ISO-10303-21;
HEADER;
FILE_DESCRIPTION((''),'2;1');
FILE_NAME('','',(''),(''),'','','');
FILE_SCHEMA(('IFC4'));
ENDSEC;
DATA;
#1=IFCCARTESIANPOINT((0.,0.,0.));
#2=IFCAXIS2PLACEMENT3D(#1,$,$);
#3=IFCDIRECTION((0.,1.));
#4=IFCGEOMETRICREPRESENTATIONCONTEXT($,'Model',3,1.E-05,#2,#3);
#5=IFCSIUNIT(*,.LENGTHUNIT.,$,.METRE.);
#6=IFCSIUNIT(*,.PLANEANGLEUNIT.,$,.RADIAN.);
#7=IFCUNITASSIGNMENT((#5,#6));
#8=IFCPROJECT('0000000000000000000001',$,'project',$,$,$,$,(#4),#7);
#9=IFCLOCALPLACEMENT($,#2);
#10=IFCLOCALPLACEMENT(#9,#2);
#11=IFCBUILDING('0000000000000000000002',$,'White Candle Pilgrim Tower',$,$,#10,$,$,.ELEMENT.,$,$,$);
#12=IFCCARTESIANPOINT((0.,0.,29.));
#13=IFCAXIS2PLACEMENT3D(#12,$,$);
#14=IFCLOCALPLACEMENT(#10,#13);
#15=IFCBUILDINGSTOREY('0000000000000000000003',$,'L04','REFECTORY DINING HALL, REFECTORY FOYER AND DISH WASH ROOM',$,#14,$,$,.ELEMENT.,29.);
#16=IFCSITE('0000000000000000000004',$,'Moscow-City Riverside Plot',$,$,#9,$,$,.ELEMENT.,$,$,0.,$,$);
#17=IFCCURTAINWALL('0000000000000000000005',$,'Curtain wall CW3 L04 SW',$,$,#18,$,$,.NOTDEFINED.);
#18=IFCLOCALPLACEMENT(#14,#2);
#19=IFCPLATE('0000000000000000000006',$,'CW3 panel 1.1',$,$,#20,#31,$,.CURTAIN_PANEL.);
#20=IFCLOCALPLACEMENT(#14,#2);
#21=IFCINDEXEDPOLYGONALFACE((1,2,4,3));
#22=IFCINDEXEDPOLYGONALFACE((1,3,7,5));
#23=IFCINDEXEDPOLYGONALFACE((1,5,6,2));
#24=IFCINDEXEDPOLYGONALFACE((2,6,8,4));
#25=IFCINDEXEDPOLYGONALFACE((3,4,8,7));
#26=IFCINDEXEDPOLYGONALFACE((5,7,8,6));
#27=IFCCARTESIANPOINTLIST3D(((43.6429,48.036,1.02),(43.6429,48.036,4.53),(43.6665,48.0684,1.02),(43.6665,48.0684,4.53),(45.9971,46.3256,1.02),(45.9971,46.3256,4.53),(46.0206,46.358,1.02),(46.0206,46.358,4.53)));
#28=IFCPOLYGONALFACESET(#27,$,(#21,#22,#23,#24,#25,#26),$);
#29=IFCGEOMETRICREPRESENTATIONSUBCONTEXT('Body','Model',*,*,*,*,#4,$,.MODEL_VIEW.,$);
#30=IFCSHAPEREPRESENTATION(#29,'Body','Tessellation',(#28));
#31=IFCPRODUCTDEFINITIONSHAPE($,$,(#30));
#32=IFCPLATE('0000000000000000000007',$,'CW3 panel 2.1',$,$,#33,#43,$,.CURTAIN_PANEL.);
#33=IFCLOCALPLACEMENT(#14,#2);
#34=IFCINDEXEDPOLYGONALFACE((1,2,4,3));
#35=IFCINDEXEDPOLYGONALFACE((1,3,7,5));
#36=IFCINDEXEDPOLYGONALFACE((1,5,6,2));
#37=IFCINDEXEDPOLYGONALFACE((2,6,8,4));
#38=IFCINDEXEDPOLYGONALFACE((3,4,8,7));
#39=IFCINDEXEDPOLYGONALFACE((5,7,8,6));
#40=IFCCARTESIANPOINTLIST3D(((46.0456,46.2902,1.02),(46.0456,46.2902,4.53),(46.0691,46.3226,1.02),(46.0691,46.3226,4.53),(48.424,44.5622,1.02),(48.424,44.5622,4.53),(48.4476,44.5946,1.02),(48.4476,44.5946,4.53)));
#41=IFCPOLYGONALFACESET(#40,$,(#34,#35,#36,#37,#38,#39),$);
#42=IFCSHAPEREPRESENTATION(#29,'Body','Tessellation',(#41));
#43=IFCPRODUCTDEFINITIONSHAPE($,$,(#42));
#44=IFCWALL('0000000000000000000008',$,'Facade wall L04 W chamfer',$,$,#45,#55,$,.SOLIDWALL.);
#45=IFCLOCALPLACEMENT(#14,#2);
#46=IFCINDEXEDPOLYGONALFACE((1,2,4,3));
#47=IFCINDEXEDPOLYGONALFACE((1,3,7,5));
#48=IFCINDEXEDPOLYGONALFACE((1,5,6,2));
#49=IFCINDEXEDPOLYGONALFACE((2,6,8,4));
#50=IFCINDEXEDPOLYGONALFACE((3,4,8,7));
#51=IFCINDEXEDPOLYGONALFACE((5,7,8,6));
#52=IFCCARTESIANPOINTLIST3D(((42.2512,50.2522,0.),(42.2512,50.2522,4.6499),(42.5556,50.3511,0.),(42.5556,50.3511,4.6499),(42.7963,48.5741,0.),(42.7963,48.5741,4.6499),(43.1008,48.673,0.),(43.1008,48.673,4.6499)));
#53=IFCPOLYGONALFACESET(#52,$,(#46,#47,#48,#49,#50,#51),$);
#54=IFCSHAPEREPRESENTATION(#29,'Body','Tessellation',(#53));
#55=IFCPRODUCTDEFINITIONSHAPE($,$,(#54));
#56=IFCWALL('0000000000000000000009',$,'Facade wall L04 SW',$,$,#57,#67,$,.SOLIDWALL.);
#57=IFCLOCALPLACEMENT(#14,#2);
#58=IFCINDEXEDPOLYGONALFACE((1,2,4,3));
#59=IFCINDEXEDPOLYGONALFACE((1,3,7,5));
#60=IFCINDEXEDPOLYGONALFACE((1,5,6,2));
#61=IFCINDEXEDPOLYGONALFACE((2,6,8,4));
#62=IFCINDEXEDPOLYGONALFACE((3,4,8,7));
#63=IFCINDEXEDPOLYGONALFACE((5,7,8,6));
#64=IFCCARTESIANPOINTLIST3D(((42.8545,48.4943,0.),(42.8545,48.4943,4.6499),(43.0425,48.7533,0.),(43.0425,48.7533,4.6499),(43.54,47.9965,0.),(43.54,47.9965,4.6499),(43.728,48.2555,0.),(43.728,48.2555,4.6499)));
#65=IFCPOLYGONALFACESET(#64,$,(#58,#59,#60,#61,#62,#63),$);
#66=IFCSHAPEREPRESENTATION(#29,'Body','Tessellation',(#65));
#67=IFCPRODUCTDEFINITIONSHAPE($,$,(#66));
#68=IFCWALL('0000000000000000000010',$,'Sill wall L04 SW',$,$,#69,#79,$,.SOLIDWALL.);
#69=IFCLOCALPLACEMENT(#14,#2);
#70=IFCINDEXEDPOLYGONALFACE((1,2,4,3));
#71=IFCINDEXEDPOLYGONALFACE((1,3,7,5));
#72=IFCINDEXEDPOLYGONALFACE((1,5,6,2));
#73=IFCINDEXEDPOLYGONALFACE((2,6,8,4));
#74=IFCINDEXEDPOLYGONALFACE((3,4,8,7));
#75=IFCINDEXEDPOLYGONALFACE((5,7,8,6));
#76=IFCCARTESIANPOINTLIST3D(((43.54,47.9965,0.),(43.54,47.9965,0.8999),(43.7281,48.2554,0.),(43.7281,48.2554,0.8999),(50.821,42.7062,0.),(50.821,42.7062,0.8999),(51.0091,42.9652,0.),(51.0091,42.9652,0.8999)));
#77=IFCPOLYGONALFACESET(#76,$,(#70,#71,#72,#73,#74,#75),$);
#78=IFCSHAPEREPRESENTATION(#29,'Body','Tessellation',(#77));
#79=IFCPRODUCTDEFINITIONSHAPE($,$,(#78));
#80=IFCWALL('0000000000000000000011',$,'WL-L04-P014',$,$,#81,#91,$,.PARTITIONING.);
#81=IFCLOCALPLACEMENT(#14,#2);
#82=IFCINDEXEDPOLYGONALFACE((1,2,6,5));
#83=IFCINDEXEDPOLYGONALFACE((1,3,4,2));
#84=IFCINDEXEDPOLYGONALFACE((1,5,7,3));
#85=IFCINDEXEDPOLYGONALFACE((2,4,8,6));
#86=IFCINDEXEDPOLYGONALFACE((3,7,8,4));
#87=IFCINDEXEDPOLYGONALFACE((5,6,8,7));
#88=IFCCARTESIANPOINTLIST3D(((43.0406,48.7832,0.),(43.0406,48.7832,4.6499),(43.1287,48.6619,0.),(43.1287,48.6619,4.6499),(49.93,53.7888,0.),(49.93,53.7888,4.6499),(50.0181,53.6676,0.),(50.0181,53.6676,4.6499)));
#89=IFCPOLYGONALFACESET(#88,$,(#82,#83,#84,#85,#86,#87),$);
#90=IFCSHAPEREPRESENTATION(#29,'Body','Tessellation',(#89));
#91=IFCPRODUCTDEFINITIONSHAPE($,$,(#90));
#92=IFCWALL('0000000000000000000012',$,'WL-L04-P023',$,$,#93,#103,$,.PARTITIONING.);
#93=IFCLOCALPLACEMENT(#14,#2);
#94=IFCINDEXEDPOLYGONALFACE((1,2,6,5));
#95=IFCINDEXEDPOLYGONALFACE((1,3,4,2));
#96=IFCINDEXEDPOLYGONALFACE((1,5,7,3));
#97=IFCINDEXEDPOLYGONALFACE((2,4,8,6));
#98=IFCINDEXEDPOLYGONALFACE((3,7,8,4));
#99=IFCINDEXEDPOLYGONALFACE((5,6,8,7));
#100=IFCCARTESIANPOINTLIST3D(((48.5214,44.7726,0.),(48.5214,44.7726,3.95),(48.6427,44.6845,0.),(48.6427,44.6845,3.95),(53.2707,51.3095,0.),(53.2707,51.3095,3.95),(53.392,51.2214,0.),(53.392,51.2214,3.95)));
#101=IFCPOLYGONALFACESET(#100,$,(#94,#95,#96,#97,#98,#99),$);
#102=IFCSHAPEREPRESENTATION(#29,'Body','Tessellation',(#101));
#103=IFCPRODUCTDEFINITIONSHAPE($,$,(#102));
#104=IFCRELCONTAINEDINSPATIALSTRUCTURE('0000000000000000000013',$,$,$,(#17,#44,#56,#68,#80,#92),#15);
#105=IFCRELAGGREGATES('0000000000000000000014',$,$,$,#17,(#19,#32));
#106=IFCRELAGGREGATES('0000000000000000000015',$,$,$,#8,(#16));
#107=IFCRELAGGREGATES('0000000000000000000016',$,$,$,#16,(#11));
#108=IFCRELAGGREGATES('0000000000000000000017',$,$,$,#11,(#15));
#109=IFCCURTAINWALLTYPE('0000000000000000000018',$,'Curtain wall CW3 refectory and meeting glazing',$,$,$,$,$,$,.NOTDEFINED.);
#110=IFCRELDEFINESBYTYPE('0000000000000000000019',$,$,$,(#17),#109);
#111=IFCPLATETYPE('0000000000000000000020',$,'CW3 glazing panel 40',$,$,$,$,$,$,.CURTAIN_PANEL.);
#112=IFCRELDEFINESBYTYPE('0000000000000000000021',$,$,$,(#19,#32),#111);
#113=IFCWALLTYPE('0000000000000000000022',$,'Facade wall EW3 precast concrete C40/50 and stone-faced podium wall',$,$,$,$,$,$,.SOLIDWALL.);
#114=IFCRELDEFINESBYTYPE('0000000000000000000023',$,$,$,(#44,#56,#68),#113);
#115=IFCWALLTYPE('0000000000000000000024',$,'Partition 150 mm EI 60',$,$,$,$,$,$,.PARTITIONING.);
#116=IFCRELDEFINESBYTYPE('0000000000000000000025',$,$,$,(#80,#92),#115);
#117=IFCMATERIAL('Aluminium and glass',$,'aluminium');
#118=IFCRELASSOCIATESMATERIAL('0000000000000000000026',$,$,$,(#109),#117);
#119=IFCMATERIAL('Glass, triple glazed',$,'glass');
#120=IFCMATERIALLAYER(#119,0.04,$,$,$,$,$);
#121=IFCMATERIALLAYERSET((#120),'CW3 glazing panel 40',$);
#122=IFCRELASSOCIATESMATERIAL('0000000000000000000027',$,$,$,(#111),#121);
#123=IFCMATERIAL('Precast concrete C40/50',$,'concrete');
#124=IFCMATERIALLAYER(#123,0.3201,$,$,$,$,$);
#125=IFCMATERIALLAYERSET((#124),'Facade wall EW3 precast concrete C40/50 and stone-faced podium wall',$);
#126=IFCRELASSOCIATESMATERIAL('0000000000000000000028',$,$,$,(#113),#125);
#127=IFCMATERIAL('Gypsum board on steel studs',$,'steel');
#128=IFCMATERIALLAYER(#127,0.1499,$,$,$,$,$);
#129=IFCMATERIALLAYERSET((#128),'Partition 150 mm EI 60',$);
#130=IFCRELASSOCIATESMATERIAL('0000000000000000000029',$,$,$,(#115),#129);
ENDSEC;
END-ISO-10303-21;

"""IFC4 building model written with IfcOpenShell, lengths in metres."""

from ifc_helpers import new_model, si_unit, direction, frame, frame_2d, origin, origin_2d, place, context, subcontext, project, spatial, rectangle, extrude, material, layer, layer_set, type_object, element, aggregate, save


model = new_model("IFC4")

# Units and contexts
model_context = context("Model", 3, precision=1e-05, world=origin(), true_north=direction((0.0, 1.0)))
body_context = subcontext(model_context, "Body", "Model", "MODEL_VIEW")
ifc_project = project(units=[si_unit("LENGTHUNIT", "METRE"), si_unit("PLANEANGLEUNIT", "RADIAN")], contexts=[model_context])

# Site, building, storey
site_placement = place(None, origin())
site = spatial("IfcSite", under=ifc_project, at=site_placement, Name="Moscow-City Riverside Plot", CompositionType="ELEMENT", RefElevation=0.0)
building_placement = place(site_placement, origin())
building = spatial("IfcBuilding", under=site, at=building_placement, Name="White Candle Pilgrim Tower", CompositionType="ELEMENT")
storey_placement = place(building_placement, frame((0.0, 0.0, 29.0)))
storey = spatial("IfcBuildingStorey", under=building, at=storey_placement, Name="L04", Description="REFECTORY DINING HALL, REFECTORY FOYER AND DISH WASH ROOM", CompositionType="ELEMENT", Elevation=29.0)

# Curtain wall
ifc_material_1 = material(Name="Aluminium and glass", Category="aluminium")
curtain_wall_type = type_object("IfcCurtainWallType", Name="Curtain wall CW3 refectory and meeting glazing", PredefinedType="NOTDEFINED", material=ifc_material_1)
curtain_wall_1_placement = place(storey_placement, origin())
curtain_wall_1 = element("IfcCurtainWall", 1, at=curtain_wall_1_placement, inside=storey, type_object=curtain_wall_type, Name="Curtain wall CW3 L04 SW", PredefinedType="NOTDEFINED")

# Plates
ifc_material_2 = material(Name="Glass, triple glazed", Category="glass")
ifc_layer_1 = layer(ifc_material_2, 0.04)
ifc_layer_set_1 = layer_set([ifc_layer_1], Name="CW3 glazing panel 40")
plate_type = type_object("IfcPlateType", Name="CW3 glazing panel 40", PredefinedType="CURTAIN_PANEL", material=ifc_layer_set_1)
plate_1_placement = place(storey_placement, frame((44.8318, 47.197, 1.02), z_axis=(0.0, 0.0, 1.0), x_axis=(0.809017, -0.587785, 0.0)))
plate_1 = element("IfcPlate", 2, at=plate_1_placement, type_object=plate_type, Name="CW3 panel 1.1", PredefinedType="CURTAIN_PANEL", context=body_context, shape_type="SweptSolid", body=[
    extrude(rectangle(XDim=2.9099, YDim=0.04, at=origin_2d()), origin(), (0.0, 0.0, 1.0), 3.51),
])
plate_2_placement = place(storey_placement, frame((47.2466, 45.4424, 1.02), z_axis=(0.0, 0.0, 1.0), x_axis=(0.809017, -0.587785, 0.0)))
plate_2 = element("IfcPlate", 3, at=plate_2_placement, type_object=plate_type, Name="CW3 panel 2.1", PredefinedType="CURTAIN_PANEL", context=body_context, shape_type="SweptSolid", body=[
    extrude(rectangle(XDim=2.9399, YDim=0.04, at=origin_2d()), origin(), (0.0, 0.0, 1.0), 3.51),
])
aggregate(curtain_wall_1, [plate_1, plate_2])

# Walls
ifc_material_3 = material(Name="Precast concrete C40/50", Category="concrete")
ifc_layer_2 = layer(ifc_material_3, 0.3201)
ifc_layer_set_2 = layer_set([ifc_layer_2], Name="Facade wall EW3 precast concrete C40/50 and stone-faced podium wall")
wall_type_1 = type_object("IfcWallType", Name="Facade wall EW3 precast concrete C40/50 and stone-faced podium wall", PredefinedType="SOLIDWALL", material=ifc_layer_set_2)
wall_1_placement = place(storey_placement, frame((42.4033, 50.3018, 0.0), z_axis=(0.0, 0.0, 1.0), x_axis=(0.308995, -0.951064, 0.0)))
element("IfcWall", 4, at=wall_1_placement, inside=storey, type_object=wall_type_1, Name="Facade wall L04 W chamfer", PredefinedType="SOLIDWALL", context=body_context, shape_type="SweptSolid", body=[
    extrude(rectangle(XDim=1.7644, YDim=0.3201, at=frame_2d((0.8823, 0.0))), origin(), (0.0, 0.0, 1.0), 4.6499),
])
wall_2_placement = place(storey_placement, frame((42.9485, 48.6238, 0.0), z_axis=(0.0, 0.0, 1.0), x_axis=(0.809172, -0.587572, 0.0)))
element("IfcWall", 5, at=wall_2_placement, inside=storey, type_object=wall_type_1, Name="Facade wall L04 SW", PredefinedType="SOLIDWALL", context=body_context, shape_type="SweptSolid", body=[
    extrude(rectangle(XDim=0.8472, YDim=0.3201, at=frame_2d((0.4236, 0.0))), origin(), (0.0, 0.0, 1.0), 4.6499),
])
wall_3_placement = place(storey_placement, frame((43.634, 48.126, 0.0), z_axis=(0.0, 0.0, 1.0), x_axis=(0.809, -0.587809, 0.0)))
element("IfcWall", 6, at=wall_3_placement, inside=storey, type_object=wall_type_1, Name="Sill wall L04 SW", PredefinedType="SOLIDWALL", context=body_context, shape_type="SweptSolid", body=[
    extrude(rectangle(XDim=9.0, YDim=0.3201, at=frame_2d((4.5, 0.0))), origin(), (0.0, 0.0, 1.0), 0.8999),
])
ifc_material_4 = material(Name="Gypsum board on steel studs", Category="steel")
ifc_layer_3 = layer(ifc_material_4, 0.1499)
ifc_layer_set_3 = layer_set([ifc_layer_3], Name="Partition 150 mm EI 60")
wall_type_2 = type_object("IfcWallType", Name="Partition 150 mm EI 60", PredefinedType="PARTITIONING", material=ifc_layer_set_3)
wall_4_placement = place(storey_placement, frame((43.0847, 48.7227, 0.0), z_axis=(0.0, 0.0, 1.0), x_axis=(0.809008, 0.587798, 0.0)))
element("IfcWall", 7, at=wall_4_placement, inside=storey, type_object=wall_type_2, Name="WL-L04-P014", PredefinedType="PARTITIONING", context=body_context, shape_type="SweptSolid", body=[
    extrude(rectangle(XDim=8.5159, YDim=0.1499, at=frame_2d((4.2578, 0.0))), origin(), (0.0, 0.0, 1.0), 4.6499),
])
wall_5_placement = place(storey_placement, frame((48.582, 44.7285, 0.0), z_axis=(0.0, 0.0, 1.0), x_axis=(0.587782, 0.80902, 0.0)))
element("IfcWall", 8, at=wall_5_placement, inside=storey, type_object=wall_type_2, Name="WL-L04-P023", PredefinedType="PARTITIONING", context=body_context, shape_type="SweptSolid", body=[
    extrude(rectangle(XDim=8.0801, YDim=0.1499, at=frame_2d((4.04, 0.0))), origin(), (0.0, 0.0, 1.0), 3.95),
])

save(model, "model.ifc")
